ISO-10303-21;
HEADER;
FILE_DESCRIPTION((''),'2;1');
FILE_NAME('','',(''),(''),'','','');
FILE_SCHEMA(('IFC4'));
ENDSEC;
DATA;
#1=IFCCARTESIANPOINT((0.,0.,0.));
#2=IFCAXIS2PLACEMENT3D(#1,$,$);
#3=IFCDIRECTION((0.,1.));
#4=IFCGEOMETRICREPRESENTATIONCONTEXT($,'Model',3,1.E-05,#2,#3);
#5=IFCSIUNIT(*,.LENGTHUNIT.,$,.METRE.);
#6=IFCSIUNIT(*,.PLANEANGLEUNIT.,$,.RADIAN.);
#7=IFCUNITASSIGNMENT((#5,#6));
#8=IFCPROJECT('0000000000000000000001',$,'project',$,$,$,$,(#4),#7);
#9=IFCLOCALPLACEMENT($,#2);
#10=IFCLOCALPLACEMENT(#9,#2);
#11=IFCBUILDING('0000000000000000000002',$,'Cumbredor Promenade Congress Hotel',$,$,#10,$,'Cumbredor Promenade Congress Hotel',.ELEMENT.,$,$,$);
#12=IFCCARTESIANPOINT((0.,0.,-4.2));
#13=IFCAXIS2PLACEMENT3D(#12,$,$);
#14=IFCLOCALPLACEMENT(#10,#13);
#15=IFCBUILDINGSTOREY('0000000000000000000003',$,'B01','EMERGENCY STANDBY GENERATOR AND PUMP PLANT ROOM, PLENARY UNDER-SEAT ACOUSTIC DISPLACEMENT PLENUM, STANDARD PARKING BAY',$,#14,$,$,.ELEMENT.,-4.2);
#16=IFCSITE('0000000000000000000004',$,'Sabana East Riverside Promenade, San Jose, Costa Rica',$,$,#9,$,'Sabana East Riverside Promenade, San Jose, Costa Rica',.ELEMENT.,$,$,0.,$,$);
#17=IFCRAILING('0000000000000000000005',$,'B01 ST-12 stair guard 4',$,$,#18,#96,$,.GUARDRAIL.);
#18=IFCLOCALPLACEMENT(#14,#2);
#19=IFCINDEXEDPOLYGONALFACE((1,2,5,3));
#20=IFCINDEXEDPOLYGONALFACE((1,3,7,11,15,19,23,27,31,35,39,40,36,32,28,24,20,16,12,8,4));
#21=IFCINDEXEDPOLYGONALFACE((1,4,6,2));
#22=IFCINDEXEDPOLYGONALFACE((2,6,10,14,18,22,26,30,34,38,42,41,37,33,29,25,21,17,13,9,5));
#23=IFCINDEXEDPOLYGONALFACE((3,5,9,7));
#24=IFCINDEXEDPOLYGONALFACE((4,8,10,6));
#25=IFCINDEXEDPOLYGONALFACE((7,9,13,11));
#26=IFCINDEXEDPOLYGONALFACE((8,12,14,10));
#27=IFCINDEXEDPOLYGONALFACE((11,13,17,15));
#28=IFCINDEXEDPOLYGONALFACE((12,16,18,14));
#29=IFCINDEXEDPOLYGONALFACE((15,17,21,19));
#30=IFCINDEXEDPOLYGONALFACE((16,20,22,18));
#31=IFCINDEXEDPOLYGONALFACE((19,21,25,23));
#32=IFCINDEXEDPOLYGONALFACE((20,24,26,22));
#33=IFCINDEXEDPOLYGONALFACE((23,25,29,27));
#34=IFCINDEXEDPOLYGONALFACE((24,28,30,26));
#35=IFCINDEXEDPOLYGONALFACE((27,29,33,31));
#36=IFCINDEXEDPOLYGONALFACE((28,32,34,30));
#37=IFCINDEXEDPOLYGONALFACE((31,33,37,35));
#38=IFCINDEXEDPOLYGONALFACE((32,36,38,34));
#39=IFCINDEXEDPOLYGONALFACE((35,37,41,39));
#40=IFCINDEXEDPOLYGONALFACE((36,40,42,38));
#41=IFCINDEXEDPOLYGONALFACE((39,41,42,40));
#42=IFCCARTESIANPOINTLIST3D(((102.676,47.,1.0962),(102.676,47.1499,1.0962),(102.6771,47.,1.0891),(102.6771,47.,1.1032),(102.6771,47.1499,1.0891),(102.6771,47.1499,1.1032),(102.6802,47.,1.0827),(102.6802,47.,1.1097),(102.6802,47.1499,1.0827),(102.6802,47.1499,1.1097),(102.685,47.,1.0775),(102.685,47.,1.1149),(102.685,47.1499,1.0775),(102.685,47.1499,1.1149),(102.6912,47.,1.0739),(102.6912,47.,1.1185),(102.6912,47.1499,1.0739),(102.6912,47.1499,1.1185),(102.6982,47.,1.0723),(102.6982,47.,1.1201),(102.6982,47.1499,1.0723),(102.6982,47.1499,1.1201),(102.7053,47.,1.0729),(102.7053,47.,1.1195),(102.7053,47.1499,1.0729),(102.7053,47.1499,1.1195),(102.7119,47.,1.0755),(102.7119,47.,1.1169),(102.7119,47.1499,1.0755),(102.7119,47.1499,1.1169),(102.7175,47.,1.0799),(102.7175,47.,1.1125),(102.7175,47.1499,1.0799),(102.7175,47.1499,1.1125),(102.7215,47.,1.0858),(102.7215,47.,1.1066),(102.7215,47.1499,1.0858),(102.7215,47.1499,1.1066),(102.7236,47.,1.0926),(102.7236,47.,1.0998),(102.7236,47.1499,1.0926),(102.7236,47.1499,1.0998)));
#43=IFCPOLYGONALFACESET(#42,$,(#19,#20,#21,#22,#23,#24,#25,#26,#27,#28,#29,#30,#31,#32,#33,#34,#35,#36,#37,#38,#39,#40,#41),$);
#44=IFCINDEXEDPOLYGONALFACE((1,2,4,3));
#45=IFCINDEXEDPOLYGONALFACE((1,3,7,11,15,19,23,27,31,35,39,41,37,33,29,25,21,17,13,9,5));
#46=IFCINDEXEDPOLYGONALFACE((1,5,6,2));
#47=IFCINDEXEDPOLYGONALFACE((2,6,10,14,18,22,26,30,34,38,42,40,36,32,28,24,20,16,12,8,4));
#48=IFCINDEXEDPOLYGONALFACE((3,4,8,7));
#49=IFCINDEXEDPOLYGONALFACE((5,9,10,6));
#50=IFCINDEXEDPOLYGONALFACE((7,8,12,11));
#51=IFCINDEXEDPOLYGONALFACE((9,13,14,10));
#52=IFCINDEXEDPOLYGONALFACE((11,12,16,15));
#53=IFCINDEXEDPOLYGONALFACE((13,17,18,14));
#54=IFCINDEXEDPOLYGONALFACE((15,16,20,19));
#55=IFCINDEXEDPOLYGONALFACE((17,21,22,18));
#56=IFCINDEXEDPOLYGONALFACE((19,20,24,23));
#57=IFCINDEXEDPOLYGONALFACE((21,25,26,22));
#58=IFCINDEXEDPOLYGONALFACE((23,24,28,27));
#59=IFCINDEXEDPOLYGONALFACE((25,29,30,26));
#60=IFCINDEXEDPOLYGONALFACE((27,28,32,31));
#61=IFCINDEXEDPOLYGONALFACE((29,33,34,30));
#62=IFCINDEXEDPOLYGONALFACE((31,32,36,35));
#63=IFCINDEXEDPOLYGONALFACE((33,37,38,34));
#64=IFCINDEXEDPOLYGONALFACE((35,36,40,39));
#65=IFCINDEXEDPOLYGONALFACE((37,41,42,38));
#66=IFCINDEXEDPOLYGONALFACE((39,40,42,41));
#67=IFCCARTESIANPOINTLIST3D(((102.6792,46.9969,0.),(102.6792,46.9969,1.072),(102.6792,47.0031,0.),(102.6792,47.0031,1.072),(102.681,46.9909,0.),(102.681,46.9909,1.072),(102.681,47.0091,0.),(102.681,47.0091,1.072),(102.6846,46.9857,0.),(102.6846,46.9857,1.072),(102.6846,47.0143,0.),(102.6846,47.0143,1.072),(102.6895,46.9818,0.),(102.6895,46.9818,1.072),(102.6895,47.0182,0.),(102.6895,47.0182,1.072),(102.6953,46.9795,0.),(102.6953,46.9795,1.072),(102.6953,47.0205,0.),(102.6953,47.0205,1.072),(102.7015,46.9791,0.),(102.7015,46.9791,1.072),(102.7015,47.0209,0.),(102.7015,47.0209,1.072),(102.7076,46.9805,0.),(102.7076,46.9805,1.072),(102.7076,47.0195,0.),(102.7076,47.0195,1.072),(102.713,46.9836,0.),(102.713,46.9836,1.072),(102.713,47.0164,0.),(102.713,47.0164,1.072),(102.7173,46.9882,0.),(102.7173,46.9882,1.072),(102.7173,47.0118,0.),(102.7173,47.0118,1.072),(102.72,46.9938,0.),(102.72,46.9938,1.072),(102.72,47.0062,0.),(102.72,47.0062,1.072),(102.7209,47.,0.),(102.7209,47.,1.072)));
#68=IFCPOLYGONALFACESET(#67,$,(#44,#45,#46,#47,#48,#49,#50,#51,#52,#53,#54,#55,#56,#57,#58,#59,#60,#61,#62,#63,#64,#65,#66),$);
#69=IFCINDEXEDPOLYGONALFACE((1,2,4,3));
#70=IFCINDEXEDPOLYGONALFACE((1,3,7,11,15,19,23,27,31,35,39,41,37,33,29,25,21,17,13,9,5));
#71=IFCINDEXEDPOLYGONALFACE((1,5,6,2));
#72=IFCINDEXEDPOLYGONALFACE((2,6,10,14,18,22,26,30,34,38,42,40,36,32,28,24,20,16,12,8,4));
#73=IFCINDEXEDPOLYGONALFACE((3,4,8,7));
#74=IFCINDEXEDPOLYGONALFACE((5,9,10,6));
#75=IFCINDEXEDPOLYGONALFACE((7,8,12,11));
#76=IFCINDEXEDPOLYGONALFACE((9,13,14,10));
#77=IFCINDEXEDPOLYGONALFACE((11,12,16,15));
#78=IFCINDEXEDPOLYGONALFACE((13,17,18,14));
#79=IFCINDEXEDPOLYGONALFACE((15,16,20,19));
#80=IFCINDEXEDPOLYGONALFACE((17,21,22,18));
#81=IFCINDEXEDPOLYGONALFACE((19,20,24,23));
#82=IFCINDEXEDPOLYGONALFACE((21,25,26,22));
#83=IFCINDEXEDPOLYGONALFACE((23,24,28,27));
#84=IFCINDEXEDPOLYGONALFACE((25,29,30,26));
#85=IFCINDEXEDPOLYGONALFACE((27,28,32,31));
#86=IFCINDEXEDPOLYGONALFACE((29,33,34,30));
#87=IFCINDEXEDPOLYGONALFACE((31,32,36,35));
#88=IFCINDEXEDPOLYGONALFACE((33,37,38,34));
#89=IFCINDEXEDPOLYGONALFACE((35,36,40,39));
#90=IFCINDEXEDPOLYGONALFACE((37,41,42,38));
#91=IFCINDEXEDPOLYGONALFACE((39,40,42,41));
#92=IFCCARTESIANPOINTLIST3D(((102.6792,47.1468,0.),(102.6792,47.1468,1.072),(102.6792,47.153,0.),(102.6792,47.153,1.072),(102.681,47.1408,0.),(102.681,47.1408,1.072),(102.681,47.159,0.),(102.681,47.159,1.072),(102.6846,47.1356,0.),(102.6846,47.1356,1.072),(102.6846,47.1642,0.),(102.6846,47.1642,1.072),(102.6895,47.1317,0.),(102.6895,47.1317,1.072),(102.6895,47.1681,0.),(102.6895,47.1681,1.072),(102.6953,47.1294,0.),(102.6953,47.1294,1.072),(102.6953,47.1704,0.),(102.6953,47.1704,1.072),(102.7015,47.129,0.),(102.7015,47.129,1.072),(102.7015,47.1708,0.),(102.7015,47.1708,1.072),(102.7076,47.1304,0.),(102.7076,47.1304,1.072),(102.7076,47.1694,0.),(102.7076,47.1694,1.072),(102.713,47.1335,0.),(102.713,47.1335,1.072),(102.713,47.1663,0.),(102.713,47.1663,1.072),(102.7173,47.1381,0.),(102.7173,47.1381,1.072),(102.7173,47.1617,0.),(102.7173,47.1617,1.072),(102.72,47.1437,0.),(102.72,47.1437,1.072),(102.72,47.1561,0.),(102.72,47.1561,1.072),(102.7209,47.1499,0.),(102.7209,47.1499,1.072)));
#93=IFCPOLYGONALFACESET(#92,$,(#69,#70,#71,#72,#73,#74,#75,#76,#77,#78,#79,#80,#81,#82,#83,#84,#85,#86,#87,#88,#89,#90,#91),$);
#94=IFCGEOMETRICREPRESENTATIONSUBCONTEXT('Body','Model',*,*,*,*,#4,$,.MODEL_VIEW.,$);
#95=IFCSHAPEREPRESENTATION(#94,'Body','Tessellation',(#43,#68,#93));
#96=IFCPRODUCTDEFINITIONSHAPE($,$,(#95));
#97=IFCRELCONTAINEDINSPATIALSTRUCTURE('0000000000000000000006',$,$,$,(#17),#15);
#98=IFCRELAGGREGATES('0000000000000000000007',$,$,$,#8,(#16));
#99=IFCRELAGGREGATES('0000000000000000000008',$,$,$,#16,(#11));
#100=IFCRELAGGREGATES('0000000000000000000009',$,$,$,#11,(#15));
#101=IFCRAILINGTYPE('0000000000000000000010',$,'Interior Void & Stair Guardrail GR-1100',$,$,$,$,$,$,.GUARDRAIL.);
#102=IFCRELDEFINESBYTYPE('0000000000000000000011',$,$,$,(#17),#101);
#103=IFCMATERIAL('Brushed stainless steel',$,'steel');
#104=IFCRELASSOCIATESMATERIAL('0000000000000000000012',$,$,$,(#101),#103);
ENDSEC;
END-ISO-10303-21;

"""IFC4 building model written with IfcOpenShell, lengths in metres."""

from ifc_helpers import new_model, si_unit, direction, frame, origin, origin_2d, place, context, subcontext, project, spatial, circle, extrude, material, type_object, element, save


model = new_model("IFC4")

# Units and contexts
model_context = context("Model", 3, precision=1e-05, world=origin(), true_north=direction((0.0, 1.0)))
body_context = subcontext(model_context, "Body", "Model", "MODEL_VIEW")
ifc_project = project(units=[si_unit("LENGTHUNIT", "METRE"), si_unit("PLANEANGLEUNIT", "RADIAN")], contexts=[model_context])

# Site, building, storey
site_placement = place(None, origin())
site = spatial("IfcSite", under=ifc_project, at=site_placement, Name="Sabana East Riverside Promenade, San Jose, Costa Rica", LongName="Sabana East Riverside Promenade, San Jose, Costa Rica", CompositionType="ELEMENT", RefElevation=0.0)
building_placement = place(site_placement, origin())
building = spatial("IfcBuilding", under=site, at=building_placement, Name="Cumbredor Promenade Congress Hotel", LongName="Cumbredor Promenade Congress Hotel", CompositionType="ELEMENT")
storey_placement = place(building_placement, frame((0.0, 0.0, -4.2)))
storey = spatial("IfcBuildingStorey", under=building, at=storey_placement, Name="B01", Description="EMERGENCY STANDBY GENERATOR AND PUMP PLANT ROOM, PLENARY UNDER-SEAT ACOUSTIC DISPLACEMENT PLENUM, STANDARD PARKING BAY", CompositionType="ELEMENT", Elevation=-4.2)

# Railing
ifc_material_1 = material(Name="Brushed stainless steel", Category="steel")
railing_type_1 = type_object("IfcRailingType", Name="Interior Void & Stair Guardrail GR-1100", PredefinedType="GUARDRAIL", material=ifc_material_1)
railing_1_placement = place(storey_placement, frame((102.7, 47.0, 0.0)))
element("IfcRailing", 1, at=railing_1_placement, inside=storey, type_object=railing_type_1, Name="B01 ST-12 stair guard 4", PredefinedType="GUARDRAIL", context=body_context, shape_type="SweptSolid", body=[
    extrude(circle(Radius=0.0239, at=origin_2d()), frame((0.0, 0.0, 1.0962), z_axis=(0.0, 1.0, 0.0), x_axis=(-1.0, 0.0, 0.0)), (0.0, 0.0, 1.0), 0.1499),
    extrude(circle(Radius=0.021, at=origin_2d()), origin(), (0.0, 0.0, 1.0), 1.072),
    extrude(circle(Radius=0.021, at=origin_2d()), frame((0.0, 0.1499, 0.0)), (0.0, 0.0, 1.0), 1.072),
])

save(model, "model.ifc")
